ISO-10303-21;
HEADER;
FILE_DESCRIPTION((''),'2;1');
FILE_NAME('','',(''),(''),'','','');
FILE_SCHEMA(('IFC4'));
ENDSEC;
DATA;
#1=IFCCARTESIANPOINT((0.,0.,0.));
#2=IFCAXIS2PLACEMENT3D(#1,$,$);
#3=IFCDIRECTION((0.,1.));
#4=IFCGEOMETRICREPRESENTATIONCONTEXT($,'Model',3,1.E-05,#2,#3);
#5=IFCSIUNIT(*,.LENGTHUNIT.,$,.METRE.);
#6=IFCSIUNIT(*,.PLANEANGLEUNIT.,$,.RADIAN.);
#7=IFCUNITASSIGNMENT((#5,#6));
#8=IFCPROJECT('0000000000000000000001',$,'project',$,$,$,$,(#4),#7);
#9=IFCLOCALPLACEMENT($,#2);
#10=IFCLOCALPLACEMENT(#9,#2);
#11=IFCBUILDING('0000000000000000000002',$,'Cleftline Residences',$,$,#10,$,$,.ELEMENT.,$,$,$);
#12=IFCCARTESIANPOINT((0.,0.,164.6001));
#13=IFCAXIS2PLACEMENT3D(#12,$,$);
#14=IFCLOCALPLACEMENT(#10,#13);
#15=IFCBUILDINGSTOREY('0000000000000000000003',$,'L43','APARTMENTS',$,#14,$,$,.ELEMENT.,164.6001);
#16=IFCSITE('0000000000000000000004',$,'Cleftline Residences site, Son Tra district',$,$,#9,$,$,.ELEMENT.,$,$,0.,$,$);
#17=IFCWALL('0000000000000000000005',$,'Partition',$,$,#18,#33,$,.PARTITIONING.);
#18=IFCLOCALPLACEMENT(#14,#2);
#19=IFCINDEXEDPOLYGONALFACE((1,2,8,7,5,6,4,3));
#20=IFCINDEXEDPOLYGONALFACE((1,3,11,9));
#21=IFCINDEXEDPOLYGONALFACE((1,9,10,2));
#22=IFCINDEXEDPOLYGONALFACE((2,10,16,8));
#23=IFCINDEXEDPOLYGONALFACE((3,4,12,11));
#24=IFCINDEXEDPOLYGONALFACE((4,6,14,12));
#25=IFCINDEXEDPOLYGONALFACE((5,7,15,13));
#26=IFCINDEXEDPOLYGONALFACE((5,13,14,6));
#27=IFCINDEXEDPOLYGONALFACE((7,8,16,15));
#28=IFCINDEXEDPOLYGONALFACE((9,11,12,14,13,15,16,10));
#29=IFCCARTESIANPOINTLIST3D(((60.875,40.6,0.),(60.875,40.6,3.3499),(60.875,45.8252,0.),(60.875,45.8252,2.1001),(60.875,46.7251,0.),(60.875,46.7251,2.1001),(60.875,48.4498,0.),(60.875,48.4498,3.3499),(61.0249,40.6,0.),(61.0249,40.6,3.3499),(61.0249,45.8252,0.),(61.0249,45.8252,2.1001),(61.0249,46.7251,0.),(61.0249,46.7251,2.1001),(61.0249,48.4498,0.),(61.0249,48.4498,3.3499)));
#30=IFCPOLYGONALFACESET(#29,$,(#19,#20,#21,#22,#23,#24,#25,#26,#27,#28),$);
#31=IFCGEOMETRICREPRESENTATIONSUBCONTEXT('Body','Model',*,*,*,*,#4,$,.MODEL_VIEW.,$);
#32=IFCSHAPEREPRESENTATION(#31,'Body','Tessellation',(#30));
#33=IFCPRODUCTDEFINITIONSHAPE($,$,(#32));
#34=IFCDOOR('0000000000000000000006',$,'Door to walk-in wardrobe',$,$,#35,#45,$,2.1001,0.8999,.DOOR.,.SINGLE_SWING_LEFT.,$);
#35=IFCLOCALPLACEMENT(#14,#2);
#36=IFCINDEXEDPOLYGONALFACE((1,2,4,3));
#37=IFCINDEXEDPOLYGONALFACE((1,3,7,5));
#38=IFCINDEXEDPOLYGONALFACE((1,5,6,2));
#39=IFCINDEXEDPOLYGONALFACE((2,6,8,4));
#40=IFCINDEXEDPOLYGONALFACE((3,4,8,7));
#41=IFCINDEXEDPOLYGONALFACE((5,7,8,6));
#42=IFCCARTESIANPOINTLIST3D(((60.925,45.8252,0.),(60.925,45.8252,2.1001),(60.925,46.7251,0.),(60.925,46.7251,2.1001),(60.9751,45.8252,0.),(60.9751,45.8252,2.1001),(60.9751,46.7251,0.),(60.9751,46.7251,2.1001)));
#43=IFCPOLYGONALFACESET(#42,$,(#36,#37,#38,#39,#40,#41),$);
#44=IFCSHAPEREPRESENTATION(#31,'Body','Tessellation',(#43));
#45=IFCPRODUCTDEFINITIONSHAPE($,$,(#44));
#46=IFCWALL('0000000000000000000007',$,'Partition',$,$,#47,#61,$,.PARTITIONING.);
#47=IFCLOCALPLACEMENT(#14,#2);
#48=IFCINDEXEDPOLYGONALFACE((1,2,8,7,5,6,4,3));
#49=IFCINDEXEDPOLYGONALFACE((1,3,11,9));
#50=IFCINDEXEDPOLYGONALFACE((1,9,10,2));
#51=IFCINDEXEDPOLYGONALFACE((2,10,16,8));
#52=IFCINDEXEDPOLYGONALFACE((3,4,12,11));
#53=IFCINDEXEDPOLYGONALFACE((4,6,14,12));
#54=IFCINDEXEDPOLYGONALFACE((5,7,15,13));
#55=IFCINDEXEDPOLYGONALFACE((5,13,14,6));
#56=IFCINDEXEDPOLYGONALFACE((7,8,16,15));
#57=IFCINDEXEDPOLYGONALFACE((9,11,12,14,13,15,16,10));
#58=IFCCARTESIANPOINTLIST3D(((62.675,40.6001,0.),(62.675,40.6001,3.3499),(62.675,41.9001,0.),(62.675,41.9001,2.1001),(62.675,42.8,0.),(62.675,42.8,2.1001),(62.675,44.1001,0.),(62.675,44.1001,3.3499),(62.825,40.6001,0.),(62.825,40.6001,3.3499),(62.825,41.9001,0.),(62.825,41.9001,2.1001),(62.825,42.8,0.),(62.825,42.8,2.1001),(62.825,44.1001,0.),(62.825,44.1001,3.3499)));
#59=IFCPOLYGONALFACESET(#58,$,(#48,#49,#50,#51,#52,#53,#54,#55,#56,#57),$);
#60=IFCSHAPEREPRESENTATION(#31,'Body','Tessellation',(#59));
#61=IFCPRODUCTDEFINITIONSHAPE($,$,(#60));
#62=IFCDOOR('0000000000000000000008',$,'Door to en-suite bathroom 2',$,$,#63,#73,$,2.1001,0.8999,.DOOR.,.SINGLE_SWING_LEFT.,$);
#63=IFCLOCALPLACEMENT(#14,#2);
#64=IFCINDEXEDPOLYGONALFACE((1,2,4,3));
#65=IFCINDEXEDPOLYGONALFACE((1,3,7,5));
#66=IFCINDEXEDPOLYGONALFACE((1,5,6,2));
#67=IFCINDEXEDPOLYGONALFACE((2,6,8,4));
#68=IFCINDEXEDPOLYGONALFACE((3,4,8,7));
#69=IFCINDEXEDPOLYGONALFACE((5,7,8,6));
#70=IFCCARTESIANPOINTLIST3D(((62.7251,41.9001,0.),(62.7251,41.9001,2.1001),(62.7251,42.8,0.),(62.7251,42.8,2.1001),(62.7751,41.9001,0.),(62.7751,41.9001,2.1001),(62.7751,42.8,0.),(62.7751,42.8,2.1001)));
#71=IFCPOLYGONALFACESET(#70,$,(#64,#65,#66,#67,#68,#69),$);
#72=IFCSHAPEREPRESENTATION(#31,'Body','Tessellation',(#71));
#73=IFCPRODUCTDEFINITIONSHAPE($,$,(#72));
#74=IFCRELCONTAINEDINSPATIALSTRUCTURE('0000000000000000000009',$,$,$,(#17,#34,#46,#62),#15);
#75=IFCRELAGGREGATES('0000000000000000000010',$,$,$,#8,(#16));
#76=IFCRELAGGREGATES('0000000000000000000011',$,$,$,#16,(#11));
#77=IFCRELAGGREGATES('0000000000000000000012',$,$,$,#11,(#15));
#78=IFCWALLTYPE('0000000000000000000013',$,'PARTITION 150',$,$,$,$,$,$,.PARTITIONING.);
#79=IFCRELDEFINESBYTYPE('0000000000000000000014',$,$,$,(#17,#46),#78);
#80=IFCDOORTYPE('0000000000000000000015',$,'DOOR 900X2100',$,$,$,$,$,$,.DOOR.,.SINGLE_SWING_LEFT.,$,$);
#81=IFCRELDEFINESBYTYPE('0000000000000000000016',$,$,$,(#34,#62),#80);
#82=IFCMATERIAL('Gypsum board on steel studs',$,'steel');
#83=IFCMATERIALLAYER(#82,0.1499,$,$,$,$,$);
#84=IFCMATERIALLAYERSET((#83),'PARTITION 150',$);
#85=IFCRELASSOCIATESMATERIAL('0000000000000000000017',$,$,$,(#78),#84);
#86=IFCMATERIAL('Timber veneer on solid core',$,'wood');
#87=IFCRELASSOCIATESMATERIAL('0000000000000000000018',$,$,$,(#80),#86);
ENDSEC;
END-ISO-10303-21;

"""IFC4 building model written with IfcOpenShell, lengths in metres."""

from ifc_helpers import new_model, si_unit, direction, frame, frame_2d, origin, place, context, subcontext, project, spatial, rectangle, extrude, material, layer, layer_set, type_object, element, fill, save


model = new_model("IFC4")

# Units and contexts
model_context = context("Model", 3, precision=1e-05, world=origin(), true_north=direction((0.0, 1.0)))
body_context = subcontext(model_context, "Body", "Model", "MODEL_VIEW")
ifc_project = project(units=[si_unit("LENGTHUNIT", "METRE"), si_unit("PLANEANGLEUNIT", "RADIAN")], contexts=[model_context])

# Site, building, storey
site_placement = place(None, origin())
site = spatial("IfcSite", under=ifc_project, at=site_placement, Name="Cleftline Residences site, Son Tra district", CompositionType="ELEMENT", RefElevation=0.0)
building_placement = place(site_placement, origin())
building = spatial("IfcBuilding", under=site, at=building_placement, Name="Cleftline Residences", CompositionType="ELEMENT")
storey_placement = place(building_placement, frame((0.0, 0.0, 164.6001)))
storey = spatial("IfcBuildingStorey", under=building, at=storey_placement, Name="L43", Description="APARTMENTS", CompositionType="ELEMENT", Elevation=164.6001)

# Shared definitions
ifc_material_1 = material(Name="Gypsum board on steel studs", Category="steel")
ifc_layer_1 = layer(ifc_material_1, 0.1499)
ifc_layer_set_1 = layer_set([ifc_layer_1], Name="PARTITION 150")
wall_type_1 = type_object("IfcWallType", Name="PARTITION 150", PredefinedType="PARTITIONING", material=ifc_layer_set_1)

# Walls, openings, doors
wall_1_placement = place(storey_placement, frame((60.95, 40.6001, 0.0), z_axis=(0.0, 0.0, 1.0), x_axis=(0.0, 1.0, 0.0)))
wall_1 = element("IfcWall", 1, at=wall_1_placement, inside=storey, type_object=wall_type_1, Name="Partition", PredefinedType="PARTITIONING", context=body_context, shape_type="SweptSolid", body=[
    extrude(rectangle(XDim=7.8499, YDim=0.1499, at=frame_2d((3.9248, 0.0))), origin(), (0.0, 0.0, 1.0), 3.3499),
])
opening_1_placement = place(wall_1_placement, frame((5.2251, 0.0, 0.0)))
opening_1 = element("IfcOpeningElement", 2, at=opening_1_placement, cuts=wall_1, PredefinedType="OPENING", context=body_context, shape_type="SweptSolid", body=[
    extrude(rectangle(XDim=0.8999, YDim=2.1001, at=frame_2d((0.45, 1.05))), frame((0.0, 0.085, 0.0), z_axis=(0.0, -1.0, 0.0), x_axis=(1.0, 0.0, 0.0)), (0.0, 0.0, 1.0), 0.1699),
])
ifc_material_2 = material(Name="Timber veneer on solid core", Category="wood")
door_type = type_object("IfcDoorType", Name="DOOR 900X2100", OperationType="SINGLE_SWING_LEFT", PredefinedType="DOOR", material=ifc_material_2)
door_1_placement = place(opening_1_placement, origin())
door_1 = element("IfcDoor", 3, at=door_1_placement, inside=storey, type_object=door_type, Name="Door to walk-in wardrobe", OperationType="SINGLE_SWING_LEFT", OverallHeight=2.1001, OverallWidth=0.8999, PredefinedType="DOOR", context=body_context, shape_type="SweptSolid", body=[
    extrude(rectangle(XDim=0.8999, YDim=2.1001, at=frame_2d((0.45, 1.05))), frame((0.0, 0.0249, 0.0), z_axis=(0.0, -1.0, 0.0), x_axis=(1.0, 0.0, 0.0)), (0.0, 0.0, 1.0), 0.05),
])
fill(opening_1, door_1)
wall_2_placement = place(storey_placement, frame((62.75, 40.6001, 0.0), z_axis=(0.0, 0.0, 1.0), x_axis=(0.0, 1.0, 0.0)))
wall_2 = element("IfcWall", 4, at=wall_2_placement, inside=storey, type_object=wall_type_1, Name="Partition", PredefinedType="PARTITIONING", context=body_context, shape_type="SweptSolid", body=[
    extrude(rectangle(XDim=3.5, YDim=0.1499, at=frame_2d((1.75, 0.0))), origin(), (0.0, 0.0, 1.0), 3.3499),
])
opening_2_placement = place(wall_2_placement, frame((1.3, 0.0, 0.0)))
opening_2 = element("IfcOpeningElement", 5, at=opening_2_placement, cuts=wall_2, PredefinedType="OPENING", context=body_context, shape_type="SweptSolid", body=[
    extrude(rectangle(XDim=0.8999, YDim=2.1001, at=frame_2d((0.45, 1.05))), frame((0.0, 0.085, 0.0), z_axis=(0.0, -1.0, 0.0), x_axis=(1.0, 0.0, 0.0)), (0.0, 0.0, 1.0), 0.1699),
])
door_2_placement = place(opening_2_placement, origin())
door_2 = element("IfcDoor", 6, at=door_2_placement, inside=storey, type_object=door_type, Name="Door to en-suite bathroom 2", OperationType="SINGLE_SWING_LEFT", OverallHeight=2.1001, OverallWidth=0.8999, PredefinedType="DOOR", context=body_context, shape_type="SweptSolid", body=[
    extrude(rectangle(XDim=0.8999, YDim=2.1001, at=frame_2d((0.45, 1.05))), frame((0.0, 0.0249, 0.0), z_axis=(0.0, -1.0, 0.0), x_axis=(1.0, 0.0, 0.0)), (0.0, 0.0, 1.0), 0.05),
])
fill(opening_2, door_2)

save(model, "model.ifc")
